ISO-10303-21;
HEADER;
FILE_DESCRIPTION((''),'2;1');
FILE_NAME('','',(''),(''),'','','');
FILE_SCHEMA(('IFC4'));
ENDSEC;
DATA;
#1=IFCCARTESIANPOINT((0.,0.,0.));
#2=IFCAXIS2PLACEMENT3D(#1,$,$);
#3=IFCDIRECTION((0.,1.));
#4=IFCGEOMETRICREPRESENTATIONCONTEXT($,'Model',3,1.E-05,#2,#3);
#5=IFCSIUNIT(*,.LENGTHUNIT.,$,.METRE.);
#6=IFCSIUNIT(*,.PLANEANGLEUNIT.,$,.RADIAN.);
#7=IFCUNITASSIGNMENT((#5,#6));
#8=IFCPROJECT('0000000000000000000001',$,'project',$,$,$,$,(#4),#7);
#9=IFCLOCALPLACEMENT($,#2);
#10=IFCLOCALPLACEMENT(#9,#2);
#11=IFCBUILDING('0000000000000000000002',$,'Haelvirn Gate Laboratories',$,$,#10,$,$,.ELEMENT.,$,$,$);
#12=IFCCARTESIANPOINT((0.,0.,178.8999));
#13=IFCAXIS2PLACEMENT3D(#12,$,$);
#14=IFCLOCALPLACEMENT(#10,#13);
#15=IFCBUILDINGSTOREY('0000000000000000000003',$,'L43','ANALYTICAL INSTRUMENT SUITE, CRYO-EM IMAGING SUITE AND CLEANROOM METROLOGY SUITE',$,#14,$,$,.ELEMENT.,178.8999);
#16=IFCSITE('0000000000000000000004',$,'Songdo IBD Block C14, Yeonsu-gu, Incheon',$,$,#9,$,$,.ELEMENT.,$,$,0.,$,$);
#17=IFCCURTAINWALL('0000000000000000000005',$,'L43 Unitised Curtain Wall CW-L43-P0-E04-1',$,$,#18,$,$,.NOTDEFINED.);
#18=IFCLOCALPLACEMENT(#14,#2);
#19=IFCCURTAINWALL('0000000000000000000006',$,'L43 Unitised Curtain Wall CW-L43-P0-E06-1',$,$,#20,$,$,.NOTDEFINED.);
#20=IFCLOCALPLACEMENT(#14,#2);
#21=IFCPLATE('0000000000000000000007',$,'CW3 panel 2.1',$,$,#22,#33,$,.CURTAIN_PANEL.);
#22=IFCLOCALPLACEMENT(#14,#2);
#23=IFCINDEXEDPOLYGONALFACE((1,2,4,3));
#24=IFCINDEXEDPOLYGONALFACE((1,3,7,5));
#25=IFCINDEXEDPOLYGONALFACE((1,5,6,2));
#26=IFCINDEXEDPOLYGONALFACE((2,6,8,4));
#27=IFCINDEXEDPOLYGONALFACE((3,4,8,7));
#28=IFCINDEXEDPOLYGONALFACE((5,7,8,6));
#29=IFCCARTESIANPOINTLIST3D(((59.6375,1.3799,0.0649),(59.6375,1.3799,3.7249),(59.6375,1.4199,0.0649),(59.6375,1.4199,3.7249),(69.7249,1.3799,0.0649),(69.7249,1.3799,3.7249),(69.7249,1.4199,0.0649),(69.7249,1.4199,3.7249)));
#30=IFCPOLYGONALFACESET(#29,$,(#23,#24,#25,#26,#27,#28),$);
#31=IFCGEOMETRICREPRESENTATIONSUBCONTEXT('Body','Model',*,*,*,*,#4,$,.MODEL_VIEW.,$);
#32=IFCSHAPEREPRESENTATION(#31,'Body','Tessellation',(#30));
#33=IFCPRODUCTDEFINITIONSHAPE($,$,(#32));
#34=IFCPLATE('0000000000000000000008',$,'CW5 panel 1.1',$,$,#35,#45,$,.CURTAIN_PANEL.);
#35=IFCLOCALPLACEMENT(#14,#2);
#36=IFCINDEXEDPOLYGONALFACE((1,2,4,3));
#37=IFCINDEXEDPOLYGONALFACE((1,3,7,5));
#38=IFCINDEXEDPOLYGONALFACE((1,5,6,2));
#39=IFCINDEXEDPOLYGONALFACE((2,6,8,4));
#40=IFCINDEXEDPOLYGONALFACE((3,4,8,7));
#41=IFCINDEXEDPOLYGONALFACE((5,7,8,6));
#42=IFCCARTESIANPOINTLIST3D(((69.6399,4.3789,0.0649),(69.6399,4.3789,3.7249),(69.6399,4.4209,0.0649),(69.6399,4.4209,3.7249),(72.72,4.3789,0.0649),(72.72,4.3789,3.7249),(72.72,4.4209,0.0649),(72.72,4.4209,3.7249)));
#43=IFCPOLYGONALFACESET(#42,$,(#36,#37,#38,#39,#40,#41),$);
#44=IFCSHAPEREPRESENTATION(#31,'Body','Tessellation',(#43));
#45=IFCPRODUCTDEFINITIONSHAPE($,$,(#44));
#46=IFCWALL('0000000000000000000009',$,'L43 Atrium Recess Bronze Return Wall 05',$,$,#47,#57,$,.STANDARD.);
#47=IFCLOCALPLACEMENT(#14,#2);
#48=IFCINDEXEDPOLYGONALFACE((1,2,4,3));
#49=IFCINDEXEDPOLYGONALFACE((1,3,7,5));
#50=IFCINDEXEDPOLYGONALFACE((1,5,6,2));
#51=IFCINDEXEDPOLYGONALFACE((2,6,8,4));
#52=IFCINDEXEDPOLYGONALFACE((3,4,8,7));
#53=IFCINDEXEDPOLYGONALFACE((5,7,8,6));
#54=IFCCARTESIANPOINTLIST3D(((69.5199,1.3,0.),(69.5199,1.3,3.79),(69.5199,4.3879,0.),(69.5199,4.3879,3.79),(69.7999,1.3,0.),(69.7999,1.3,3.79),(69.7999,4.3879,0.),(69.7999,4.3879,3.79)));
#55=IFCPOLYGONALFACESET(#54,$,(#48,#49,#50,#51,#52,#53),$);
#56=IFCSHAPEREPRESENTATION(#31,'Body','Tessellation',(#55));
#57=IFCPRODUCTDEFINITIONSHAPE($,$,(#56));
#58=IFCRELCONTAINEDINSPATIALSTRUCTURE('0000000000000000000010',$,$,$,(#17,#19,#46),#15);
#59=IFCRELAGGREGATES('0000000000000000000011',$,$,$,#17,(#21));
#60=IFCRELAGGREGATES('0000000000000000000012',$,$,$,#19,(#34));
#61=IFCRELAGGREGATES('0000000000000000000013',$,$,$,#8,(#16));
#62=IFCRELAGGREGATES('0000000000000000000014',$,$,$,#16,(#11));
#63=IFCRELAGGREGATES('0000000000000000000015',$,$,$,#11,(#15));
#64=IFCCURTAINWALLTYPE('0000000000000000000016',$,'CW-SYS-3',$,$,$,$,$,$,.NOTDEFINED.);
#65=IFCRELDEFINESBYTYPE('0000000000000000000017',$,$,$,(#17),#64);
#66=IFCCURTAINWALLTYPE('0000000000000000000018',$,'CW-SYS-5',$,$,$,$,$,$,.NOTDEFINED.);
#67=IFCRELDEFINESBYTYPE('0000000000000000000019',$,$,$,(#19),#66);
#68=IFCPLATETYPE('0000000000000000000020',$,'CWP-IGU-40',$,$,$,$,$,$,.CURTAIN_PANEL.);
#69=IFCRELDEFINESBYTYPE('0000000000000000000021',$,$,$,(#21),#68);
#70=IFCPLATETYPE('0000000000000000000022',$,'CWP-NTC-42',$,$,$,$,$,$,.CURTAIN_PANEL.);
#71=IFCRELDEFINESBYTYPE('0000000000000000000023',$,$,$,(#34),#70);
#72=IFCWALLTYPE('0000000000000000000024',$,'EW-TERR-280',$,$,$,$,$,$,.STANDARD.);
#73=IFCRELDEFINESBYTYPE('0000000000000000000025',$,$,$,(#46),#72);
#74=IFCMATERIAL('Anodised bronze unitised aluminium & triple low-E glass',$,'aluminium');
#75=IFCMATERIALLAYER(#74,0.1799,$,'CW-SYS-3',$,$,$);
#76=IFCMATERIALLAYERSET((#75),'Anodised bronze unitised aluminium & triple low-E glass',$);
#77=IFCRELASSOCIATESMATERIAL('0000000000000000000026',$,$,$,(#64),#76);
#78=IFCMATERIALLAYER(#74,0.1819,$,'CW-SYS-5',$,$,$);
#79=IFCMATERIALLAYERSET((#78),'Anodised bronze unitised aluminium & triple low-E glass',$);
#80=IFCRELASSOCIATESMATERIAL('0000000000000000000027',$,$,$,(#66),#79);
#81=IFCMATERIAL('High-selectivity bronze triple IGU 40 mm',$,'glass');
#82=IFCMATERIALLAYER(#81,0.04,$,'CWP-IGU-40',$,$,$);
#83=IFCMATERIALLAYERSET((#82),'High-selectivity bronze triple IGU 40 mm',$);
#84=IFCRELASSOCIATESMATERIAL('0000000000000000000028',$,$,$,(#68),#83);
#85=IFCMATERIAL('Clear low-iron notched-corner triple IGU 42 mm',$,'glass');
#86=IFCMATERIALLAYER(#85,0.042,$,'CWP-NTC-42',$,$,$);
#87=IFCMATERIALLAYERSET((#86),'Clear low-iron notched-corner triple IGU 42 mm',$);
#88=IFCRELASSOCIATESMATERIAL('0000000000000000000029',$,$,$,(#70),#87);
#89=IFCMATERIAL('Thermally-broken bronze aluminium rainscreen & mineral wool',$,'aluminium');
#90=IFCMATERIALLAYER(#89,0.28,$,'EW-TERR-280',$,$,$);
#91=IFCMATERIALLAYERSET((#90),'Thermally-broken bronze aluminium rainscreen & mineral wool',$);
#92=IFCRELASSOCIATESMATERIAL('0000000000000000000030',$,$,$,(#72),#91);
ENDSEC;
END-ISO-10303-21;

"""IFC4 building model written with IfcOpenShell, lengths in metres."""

from ifc_helpers import new_model, si_unit, direction, frame, frame_2d, origin, origin_2d, place, context, subcontext, project, spatial, rectangle, extrude, source, transform, mapped, material, layer, layer_set, type_object, type_shapes, element, aggregate, save


model = new_model("IFC4")

# Units and contexts
model_context = context("Model", 3, precision=1e-05, world=origin(), true_north=direction((0.0, 1.0)))
body_context = subcontext(model_context, "Body", "Model", "MODEL_VIEW")
ifc_project = project(units=[si_unit("LENGTHUNIT", "METRE"), si_unit("PLANEANGLEUNIT", "RADIAN")], contexts=[model_context])

# Site, building, storey
site_placement = place(None, origin())
site = spatial("IfcSite", under=ifc_project, at=site_placement, Name="Songdo IBD Block C14, Yeonsu-gu, Incheon", CompositionType="ELEMENT", RefElevation=0.0)
building_placement = place(site_placement, origin())
building = spatial("IfcBuilding", under=site, at=building_placement, Name="Haelvirn Gate Laboratories", CompositionType="ELEMENT")
storey_placement = place(building_placement, frame((0.0, 0.0, 178.8999)))
storey = spatial("IfcBuildingStorey", under=building, at=storey_placement, Name="L43", Description="ANALYTICAL INSTRUMENT SUITE, CRYO-EM IMAGING SUITE AND CLEANROOM METROLOGY SUITE", CompositionType="ELEMENT", Elevation=178.8999)

# Curtain walls
ifc_material_1 = material(Name="Anodised bronze unitised aluminium & triple low-E glass", Category="aluminium")
ifc_layer_1 = layer(ifc_material_1, 0.1799, Name="CW-SYS-3")
ifc_layer_set_1 = layer_set([ifc_layer_1], Name="Anodised bronze unitised aluminium & triple low-E glass")
curtain_wall_type_1 = type_object("IfcCurtainWallType", Name="CW-SYS-3", PredefinedType="NOTDEFINED", material=ifc_layer_set_1)
curtain_wall_1_placement = place(storey_placement, origin())
curtain_wall_1 = element("IfcCurtainWall", 1, at=curtain_wall_1_placement, inside=storey, type_object=curtain_wall_type_1, Name="L43 Unitised Curtain Wall CW-L43-P0-E04-1", PredefinedType="NOTDEFINED")
ifc_layer_2 = layer(ifc_material_1, 0.1819, Name="CW-SYS-5")
ifc_layer_set_2 = layer_set([ifc_layer_2], Name="Anodised bronze unitised aluminium & triple low-E glass")
curtain_wall_type_2 = type_object("IfcCurtainWallType", Name="CW-SYS-5", PredefinedType="NOTDEFINED", material=ifc_layer_set_2)
curtain_wall_2_placement = place(storey_placement, origin())
curtain_wall_2 = element("IfcCurtainWall", 2, at=curtain_wall_2_placement, inside=storey, type_object=curtain_wall_type_2, Name="L43 Unitised Curtain Wall CW-L43-P0-E06-1", PredefinedType="NOTDEFINED")

# Plates
ifc_material_2 = material(Name="High-selectivity bronze triple IGU 40 mm", Category="glass")
ifc_layer_3 = layer(ifc_material_2, 0.04, Name="CWP-IGU-40")
ifc_layer_set_3 = layer_set([ifc_layer_3], Name="High-selectivity bronze triple IGU 40 mm")
plate_type_1 = type_object("IfcPlateType", Name="CWP-IGU-40", PredefinedType="CURTAIN_PANEL", material=ifc_layer_set_3)
shared_shape_1 = source(origin(), body_context, "Body", "SweptSolid", [
    extrude(rectangle(XDim=10.0874, YDim=0.04, at=origin_2d()), origin(), (0.0, 0.0, 1.0), 3.6599),
])
type_shapes(plate_type_1, [shared_shape_1])
plate_1_placement = place(storey_placement, frame((64.6812, 1.3999, 0.0649), z_axis=(0.0, 0.0, 1.0), x_axis=(1.0, 0.0, 0.0)))
plate_1 = element("IfcPlate", 3, at=plate_1_placement, type_object=plate_type_1, Name="CW3 panel 2.1", PredefinedType="CURTAIN_PANEL", context=body_context, shape_type="MappedRepresentation", body=[
    mapped(shared_shape_1, transform((0.0, 0.0, 0.0), scale=1.0)),
])
aggregate(curtain_wall_1, [plate_1])
ifc_material_3 = material(Name="Clear low-iron notched-corner triple IGU 42 mm", Category="glass")
ifc_layer_4 = layer(ifc_material_3, 0.042, Name="CWP-NTC-42")
ifc_layer_set_4 = layer_set([ifc_layer_4], Name="Clear low-iron notched-corner triple IGU 42 mm")
plate_type_2 = type_object("IfcPlateType", Name="CWP-NTC-42", PredefinedType="CURTAIN_PANEL", material=ifc_layer_set_4)
shared_shape_2 = source(origin(), body_context, "Body", "SweptSolid", [
    extrude(rectangle(XDim=3.0801, YDim=0.042, at=origin_2d()), origin(), (0.0, 0.0, 1.0), 3.6599),
])
type_shapes(plate_type_2, [shared_shape_2])
plate_2_placement = place(storey_placement, frame((71.1799, 4.3999, 0.0649), z_axis=(0.0, 0.0, 1.0), x_axis=(1.0, 0.0, 0.0)))
plate_2 = element("IfcPlate", 4, at=plate_2_placement, type_object=plate_type_2, Name="CW5 panel 1.1", PredefinedType="CURTAIN_PANEL", context=body_context, shape_type="MappedRepresentation", body=[
    mapped(shared_shape_2, transform((0.0, 0.0, 0.0), scale=1.0)),
])
aggregate(curtain_wall_2, [plate_2])

# Wall
ifc_material_4 = material(Name="Thermally-broken bronze aluminium rainscreen & mineral wool", Category="aluminium")
ifc_layer_5 = layer(ifc_material_4, 0.28, Name="EW-TERR-280")
ifc_layer_set_5 = layer_set([ifc_layer_5], Name="Thermally-broken bronze aluminium rainscreen & mineral wool")
wall_type = type_object("IfcWallType", Name="EW-TERR-280", PredefinedType="STANDARD", material=ifc_layer_set_5)
wall_placement = place(storey_placement, frame((69.6599, 1.3, 0.0), z_axis=(0.0, 0.0, 1.0), x_axis=(0.0, 1.0, 0.0)))
element("IfcWall", 5, at=wall_placement, inside=storey, type_object=wall_type, Name="L43 Atrium Recess Bronze Return Wall 05", PredefinedType="STANDARD", context=body_context, shape_type="SweptSolid", body=[
    extrude(rectangle(XDim=3.0879, YDim=0.28, at=frame_2d((1.5439, 0.0))), origin(), (0.0, 0.0, 1.0), 3.79),
])

save(model, "model.ifc")
